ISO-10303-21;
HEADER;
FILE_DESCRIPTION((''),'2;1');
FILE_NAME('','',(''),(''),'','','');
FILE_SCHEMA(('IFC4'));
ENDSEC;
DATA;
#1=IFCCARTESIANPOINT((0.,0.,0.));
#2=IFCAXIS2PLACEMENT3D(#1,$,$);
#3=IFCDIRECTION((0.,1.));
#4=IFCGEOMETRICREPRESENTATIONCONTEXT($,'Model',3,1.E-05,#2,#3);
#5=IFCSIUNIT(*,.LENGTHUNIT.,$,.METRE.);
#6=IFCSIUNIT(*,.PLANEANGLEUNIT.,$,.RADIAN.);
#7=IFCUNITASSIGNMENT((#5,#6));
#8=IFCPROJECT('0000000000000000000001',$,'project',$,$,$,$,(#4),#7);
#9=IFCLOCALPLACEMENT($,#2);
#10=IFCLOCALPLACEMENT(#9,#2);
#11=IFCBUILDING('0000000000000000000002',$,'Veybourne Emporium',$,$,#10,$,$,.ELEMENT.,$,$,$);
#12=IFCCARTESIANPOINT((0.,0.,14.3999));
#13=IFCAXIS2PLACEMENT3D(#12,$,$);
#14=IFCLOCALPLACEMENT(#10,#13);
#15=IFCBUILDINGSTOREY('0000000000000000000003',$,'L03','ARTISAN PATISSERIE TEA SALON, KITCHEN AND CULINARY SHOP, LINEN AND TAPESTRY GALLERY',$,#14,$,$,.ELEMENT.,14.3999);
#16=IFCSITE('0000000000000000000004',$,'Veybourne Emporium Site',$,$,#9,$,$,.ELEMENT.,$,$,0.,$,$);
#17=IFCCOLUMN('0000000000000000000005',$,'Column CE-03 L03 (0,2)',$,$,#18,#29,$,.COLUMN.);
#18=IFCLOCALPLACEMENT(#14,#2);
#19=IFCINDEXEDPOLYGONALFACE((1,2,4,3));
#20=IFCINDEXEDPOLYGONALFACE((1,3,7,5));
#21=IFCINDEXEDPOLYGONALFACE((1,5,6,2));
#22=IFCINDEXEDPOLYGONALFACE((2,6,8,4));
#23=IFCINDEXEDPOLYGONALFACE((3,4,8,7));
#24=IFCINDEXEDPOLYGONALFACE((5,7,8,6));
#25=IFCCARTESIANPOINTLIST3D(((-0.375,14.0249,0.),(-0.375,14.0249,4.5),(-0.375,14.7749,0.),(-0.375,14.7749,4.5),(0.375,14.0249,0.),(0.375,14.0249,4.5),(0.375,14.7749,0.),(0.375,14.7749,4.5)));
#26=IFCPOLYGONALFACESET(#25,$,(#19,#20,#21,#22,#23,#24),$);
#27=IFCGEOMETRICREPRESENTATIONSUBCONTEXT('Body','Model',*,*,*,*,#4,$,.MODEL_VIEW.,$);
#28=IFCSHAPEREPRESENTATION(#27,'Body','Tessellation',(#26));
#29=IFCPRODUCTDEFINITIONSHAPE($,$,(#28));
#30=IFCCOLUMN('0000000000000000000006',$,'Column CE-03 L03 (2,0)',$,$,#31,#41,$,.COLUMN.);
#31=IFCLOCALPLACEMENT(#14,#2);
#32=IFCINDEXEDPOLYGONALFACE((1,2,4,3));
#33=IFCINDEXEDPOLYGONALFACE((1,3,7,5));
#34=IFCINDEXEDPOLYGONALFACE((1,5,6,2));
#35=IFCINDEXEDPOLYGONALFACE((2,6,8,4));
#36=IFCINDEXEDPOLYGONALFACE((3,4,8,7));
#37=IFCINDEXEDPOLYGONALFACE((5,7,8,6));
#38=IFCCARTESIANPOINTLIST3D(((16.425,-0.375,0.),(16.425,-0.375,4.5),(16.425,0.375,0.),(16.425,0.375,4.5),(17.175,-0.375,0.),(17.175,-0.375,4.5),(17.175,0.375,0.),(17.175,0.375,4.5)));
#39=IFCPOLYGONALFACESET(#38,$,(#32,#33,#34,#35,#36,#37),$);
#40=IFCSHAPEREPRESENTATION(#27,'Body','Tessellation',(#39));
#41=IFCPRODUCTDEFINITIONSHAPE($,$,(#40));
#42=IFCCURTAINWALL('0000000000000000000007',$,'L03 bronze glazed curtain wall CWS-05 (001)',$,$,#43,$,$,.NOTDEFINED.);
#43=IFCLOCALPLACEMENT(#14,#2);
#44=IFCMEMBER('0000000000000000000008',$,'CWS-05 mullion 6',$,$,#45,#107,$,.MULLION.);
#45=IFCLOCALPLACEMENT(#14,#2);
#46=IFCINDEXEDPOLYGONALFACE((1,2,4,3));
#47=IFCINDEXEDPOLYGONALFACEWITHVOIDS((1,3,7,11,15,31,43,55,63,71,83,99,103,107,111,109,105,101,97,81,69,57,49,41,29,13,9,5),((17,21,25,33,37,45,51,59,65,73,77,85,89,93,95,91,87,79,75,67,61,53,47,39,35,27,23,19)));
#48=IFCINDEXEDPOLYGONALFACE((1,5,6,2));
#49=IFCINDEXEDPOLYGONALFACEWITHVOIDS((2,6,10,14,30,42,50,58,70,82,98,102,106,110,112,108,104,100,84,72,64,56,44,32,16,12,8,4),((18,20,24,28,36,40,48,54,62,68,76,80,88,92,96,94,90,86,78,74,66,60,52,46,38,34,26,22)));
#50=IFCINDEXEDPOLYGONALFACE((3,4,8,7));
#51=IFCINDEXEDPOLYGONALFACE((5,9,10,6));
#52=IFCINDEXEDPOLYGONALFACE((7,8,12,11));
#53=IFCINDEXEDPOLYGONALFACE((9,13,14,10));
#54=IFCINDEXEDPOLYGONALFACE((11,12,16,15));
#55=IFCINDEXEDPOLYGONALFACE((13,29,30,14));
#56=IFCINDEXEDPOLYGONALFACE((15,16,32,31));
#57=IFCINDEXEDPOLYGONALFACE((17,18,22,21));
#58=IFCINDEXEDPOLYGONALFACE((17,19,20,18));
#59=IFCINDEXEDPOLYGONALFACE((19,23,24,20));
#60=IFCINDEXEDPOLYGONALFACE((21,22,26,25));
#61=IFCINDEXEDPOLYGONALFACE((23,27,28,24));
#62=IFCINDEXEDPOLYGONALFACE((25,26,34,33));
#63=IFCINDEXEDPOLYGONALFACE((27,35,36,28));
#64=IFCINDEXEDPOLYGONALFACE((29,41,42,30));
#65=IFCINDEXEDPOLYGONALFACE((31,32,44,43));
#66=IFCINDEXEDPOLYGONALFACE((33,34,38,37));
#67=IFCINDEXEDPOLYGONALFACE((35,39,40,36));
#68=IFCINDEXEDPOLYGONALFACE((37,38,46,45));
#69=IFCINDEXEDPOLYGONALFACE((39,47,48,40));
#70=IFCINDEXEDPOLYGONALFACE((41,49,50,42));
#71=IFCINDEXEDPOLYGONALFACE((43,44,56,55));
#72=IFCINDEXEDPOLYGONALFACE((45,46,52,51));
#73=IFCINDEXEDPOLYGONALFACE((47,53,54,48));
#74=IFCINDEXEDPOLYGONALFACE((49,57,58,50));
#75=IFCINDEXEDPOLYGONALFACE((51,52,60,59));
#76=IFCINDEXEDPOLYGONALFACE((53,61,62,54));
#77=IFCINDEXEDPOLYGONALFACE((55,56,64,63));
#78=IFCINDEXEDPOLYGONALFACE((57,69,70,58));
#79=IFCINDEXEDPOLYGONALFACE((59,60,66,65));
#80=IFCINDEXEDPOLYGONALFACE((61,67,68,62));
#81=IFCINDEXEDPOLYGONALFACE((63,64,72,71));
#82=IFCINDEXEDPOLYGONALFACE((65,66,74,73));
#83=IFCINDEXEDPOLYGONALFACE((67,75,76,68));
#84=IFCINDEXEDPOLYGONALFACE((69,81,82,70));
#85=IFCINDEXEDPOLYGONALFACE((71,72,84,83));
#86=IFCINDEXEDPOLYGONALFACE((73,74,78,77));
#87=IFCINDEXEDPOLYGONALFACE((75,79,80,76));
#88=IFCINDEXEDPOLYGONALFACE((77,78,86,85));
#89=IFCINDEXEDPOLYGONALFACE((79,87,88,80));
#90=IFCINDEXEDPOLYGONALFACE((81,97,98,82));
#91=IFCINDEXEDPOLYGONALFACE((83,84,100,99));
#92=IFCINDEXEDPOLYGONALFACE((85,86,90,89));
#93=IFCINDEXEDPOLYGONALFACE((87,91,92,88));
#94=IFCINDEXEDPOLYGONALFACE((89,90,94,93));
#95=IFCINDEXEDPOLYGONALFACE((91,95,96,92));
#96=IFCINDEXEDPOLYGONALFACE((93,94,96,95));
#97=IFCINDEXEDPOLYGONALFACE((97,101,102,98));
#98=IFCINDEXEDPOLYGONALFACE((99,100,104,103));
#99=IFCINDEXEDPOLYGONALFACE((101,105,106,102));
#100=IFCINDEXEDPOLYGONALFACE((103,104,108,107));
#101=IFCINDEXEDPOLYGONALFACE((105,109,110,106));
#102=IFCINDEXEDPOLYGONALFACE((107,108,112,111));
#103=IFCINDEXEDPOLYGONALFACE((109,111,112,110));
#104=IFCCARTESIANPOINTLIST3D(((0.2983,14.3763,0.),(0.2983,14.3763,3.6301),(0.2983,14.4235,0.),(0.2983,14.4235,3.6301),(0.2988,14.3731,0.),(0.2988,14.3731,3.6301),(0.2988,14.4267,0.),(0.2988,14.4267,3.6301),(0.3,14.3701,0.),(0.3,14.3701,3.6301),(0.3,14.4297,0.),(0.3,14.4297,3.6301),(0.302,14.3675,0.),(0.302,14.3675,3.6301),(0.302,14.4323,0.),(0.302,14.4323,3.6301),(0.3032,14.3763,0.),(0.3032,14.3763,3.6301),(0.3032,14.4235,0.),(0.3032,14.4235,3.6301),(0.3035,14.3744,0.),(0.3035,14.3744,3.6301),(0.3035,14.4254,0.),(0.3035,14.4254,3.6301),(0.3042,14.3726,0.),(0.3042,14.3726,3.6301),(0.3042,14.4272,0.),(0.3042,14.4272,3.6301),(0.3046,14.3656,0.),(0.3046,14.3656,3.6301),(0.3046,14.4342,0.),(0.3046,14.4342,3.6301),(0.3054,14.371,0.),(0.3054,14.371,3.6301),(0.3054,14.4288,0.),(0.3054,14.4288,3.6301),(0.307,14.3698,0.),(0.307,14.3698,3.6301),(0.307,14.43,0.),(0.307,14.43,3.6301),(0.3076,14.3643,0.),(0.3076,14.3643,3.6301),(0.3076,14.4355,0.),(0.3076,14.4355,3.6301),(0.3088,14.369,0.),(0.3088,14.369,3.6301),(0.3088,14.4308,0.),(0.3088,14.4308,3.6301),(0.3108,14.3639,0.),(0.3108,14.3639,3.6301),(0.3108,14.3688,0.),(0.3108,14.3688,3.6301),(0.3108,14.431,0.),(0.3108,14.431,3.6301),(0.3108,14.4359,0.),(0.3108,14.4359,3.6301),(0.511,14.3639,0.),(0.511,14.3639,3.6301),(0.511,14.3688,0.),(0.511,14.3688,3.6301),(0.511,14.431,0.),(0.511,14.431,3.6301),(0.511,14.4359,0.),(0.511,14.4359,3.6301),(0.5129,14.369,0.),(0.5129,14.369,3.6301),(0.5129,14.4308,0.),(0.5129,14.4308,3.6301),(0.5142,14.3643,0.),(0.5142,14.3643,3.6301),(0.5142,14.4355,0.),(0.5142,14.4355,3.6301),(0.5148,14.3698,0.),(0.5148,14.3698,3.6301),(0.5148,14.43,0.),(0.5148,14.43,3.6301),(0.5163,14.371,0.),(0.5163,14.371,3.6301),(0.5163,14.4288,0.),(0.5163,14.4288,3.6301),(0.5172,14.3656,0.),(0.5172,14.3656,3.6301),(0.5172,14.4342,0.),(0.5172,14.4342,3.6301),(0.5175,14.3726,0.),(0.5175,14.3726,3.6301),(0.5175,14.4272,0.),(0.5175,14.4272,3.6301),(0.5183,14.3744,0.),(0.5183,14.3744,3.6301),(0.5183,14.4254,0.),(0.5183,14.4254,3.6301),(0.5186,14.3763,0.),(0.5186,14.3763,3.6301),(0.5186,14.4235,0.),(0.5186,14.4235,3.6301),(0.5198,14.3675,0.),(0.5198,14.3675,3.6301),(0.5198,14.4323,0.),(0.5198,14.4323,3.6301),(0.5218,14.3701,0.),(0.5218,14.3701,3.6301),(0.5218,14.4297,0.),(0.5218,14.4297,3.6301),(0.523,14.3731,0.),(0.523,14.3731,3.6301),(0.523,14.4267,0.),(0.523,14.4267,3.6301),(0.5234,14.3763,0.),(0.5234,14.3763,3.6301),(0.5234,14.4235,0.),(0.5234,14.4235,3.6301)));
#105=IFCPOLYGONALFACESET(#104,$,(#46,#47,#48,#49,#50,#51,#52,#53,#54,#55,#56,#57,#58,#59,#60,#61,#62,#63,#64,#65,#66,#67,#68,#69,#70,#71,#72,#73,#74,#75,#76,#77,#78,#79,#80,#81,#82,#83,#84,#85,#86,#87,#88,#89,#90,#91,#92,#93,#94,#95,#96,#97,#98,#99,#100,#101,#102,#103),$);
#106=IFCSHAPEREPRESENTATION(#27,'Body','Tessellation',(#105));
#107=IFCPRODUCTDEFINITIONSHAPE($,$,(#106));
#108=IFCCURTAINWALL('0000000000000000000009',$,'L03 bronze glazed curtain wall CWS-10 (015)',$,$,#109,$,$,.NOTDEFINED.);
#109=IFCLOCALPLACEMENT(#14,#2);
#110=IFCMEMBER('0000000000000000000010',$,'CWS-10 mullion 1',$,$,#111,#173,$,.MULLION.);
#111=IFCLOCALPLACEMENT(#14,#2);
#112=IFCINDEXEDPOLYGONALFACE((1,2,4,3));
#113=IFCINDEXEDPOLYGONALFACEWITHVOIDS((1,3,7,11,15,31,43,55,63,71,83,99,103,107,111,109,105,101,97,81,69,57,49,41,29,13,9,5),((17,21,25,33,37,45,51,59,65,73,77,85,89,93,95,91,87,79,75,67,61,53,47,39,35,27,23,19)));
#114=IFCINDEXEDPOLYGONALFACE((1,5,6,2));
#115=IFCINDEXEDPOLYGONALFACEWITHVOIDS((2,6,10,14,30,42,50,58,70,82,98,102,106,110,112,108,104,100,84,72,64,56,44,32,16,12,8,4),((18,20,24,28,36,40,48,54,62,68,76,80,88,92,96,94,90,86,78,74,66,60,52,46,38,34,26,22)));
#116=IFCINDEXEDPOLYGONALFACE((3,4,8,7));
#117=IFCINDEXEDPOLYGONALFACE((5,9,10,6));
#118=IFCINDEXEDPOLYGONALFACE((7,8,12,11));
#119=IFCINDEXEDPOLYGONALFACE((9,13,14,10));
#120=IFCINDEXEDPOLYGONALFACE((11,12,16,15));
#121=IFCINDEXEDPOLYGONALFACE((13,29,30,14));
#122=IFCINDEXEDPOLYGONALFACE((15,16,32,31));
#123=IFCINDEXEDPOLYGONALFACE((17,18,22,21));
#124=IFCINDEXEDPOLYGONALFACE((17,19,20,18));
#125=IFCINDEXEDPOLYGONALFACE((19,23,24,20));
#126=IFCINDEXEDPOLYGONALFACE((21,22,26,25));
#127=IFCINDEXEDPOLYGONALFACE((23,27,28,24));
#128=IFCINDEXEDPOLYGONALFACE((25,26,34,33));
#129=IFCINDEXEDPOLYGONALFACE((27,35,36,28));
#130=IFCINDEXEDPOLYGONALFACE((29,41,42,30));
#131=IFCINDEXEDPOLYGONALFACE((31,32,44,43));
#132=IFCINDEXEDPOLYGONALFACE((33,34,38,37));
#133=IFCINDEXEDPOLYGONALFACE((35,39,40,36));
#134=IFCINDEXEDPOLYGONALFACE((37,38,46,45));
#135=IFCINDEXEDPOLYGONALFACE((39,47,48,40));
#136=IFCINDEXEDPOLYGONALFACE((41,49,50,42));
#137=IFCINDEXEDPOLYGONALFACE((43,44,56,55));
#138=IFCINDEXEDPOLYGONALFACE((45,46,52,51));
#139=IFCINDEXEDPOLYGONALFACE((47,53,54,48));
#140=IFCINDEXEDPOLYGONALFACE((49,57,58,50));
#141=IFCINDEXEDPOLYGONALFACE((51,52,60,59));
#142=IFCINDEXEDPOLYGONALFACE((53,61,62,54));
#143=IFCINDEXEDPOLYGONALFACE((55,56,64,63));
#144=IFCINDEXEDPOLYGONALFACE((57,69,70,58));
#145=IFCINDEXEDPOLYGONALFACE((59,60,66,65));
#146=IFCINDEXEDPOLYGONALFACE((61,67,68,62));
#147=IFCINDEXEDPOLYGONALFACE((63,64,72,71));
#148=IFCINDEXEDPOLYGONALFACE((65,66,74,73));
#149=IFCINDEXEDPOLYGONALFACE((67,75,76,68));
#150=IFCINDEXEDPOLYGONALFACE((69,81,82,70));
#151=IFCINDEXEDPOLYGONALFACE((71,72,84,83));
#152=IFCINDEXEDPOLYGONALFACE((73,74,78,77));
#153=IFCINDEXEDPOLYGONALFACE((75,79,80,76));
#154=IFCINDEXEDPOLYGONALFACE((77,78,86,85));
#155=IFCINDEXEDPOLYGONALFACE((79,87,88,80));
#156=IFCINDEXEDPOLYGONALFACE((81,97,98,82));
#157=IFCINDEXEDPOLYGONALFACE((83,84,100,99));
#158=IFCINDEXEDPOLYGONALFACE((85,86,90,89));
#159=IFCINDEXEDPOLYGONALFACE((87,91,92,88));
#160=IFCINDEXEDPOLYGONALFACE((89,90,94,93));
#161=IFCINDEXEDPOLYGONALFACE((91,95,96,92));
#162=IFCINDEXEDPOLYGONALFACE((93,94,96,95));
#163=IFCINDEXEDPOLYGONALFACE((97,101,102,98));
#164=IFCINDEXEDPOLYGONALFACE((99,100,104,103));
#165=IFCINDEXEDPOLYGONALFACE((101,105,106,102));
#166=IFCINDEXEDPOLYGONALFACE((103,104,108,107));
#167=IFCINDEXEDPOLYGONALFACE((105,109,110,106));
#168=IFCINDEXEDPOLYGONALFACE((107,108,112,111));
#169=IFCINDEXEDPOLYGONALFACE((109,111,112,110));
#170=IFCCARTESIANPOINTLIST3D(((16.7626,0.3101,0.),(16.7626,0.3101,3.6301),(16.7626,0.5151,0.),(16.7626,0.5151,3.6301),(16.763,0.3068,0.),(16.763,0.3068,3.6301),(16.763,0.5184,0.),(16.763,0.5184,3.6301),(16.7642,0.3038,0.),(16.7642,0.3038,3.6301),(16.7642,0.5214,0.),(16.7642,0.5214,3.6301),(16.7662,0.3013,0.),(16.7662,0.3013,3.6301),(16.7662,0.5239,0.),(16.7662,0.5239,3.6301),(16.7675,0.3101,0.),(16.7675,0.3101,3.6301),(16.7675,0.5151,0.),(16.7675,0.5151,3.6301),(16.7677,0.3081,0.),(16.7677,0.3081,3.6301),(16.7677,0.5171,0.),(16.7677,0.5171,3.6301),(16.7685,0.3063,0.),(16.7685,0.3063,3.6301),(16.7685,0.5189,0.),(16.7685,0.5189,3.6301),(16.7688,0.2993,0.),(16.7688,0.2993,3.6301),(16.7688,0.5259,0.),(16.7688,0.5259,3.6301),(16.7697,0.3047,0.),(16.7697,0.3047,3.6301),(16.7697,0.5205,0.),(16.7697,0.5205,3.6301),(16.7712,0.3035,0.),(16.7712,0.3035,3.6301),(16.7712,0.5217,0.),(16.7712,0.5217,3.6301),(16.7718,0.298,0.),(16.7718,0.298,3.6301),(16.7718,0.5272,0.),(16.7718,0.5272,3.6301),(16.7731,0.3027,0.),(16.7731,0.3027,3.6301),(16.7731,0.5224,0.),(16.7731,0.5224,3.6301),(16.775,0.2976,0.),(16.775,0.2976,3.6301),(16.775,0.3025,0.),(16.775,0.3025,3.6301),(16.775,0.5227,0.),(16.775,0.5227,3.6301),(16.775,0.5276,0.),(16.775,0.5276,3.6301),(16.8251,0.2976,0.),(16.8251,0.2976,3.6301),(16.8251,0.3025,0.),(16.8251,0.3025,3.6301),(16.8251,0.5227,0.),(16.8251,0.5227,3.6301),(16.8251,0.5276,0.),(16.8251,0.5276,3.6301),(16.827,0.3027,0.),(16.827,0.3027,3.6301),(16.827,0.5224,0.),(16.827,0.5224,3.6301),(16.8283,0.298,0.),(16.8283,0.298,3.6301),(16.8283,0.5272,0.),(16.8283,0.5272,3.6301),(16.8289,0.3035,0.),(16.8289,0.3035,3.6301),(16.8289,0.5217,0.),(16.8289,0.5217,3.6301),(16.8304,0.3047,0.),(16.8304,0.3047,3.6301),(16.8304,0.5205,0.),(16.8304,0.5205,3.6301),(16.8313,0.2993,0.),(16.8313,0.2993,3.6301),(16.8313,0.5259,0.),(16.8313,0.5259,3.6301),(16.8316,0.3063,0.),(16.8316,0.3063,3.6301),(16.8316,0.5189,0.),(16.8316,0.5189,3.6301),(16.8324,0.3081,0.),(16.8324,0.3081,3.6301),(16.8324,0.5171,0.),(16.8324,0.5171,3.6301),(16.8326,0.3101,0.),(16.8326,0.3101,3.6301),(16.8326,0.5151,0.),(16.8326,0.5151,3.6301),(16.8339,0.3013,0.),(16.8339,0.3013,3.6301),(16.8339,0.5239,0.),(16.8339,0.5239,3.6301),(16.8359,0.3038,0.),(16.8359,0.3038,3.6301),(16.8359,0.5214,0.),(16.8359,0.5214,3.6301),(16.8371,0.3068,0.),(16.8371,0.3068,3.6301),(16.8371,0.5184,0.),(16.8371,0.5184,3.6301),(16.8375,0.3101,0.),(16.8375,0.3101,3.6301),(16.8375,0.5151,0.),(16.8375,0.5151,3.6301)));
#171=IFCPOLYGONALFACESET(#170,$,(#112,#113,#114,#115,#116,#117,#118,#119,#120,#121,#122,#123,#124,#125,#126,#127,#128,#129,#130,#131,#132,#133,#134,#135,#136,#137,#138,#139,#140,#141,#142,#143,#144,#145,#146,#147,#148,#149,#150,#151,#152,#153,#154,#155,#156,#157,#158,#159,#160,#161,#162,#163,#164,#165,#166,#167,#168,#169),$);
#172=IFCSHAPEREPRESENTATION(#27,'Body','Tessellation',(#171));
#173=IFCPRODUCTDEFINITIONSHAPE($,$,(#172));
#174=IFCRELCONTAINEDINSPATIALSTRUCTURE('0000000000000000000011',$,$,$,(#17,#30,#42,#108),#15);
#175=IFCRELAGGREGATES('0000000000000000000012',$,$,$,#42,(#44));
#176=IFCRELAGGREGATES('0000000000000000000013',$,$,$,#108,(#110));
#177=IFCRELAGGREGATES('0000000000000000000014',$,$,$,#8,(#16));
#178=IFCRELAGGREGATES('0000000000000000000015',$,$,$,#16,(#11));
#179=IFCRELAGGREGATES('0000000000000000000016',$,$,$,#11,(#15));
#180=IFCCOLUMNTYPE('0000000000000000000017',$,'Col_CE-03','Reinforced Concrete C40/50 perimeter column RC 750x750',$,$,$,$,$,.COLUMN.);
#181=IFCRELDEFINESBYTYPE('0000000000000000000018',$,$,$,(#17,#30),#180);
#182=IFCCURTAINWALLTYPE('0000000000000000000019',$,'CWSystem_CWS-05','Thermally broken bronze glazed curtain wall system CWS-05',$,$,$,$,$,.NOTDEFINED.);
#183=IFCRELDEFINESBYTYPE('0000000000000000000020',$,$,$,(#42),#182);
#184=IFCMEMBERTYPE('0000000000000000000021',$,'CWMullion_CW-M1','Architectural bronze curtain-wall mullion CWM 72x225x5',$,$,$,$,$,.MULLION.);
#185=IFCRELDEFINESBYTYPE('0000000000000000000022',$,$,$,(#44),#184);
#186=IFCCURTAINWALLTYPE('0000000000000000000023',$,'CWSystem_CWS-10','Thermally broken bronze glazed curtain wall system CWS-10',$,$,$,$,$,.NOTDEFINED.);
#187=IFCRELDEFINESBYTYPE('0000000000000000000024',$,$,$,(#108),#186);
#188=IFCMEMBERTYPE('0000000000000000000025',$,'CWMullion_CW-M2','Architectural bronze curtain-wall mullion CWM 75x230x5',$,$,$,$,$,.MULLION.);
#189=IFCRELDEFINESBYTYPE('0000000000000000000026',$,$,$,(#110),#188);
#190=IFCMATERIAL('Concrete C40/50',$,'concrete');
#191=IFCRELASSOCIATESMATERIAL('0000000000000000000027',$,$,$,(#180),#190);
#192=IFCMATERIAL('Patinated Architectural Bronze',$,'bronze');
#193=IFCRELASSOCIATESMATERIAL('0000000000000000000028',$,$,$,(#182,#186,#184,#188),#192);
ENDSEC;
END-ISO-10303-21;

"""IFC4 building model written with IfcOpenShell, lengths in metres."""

from ifc_helpers import new_model, si_unit, direction, frame, origin, origin_2d, place, context, subcontext, project, spatial, rectangle, hollow_rectangle, extrude, material, material_profile, profile_set, type_object, element, aggregate, save


model = new_model("IFC4")

# Units and contexts
model_context = context("Model", 3, precision=1e-05, world=origin(), true_north=direction((0.0, 1.0)))
body_context = subcontext(model_context, "Body", "Model", "MODEL_VIEW")
ifc_project = project(units=[si_unit("LENGTHUNIT", "METRE"), si_unit("PLANEANGLEUNIT", "RADIAN")], contexts=[model_context])

# Site, building, storey
site_placement = place(None, origin())
site = spatial("IfcSite", under=ifc_project, at=site_placement, Name="Veybourne Emporium Site", CompositionType="ELEMENT", RefElevation=0.0)
building_placement = place(site_placement, origin())
building = spatial("IfcBuilding", under=site, at=building_placement, Name="Veybourne Emporium", CompositionType="ELEMENT")
storey_placement = place(building_placement, frame((0.0, 0.0, 14.3999)))
storey = spatial("IfcBuildingStorey", under=building, at=storey_placement, Name="L03", Description="ARTISAN PATISSERIE TEA SALON, KITCHEN AND CULINARY SHOP, LINEN AND TAPESTRY GALLERY", CompositionType="ELEMENT", Elevation=14.3999)

# Columns
ifc_material_1 = material(Name="Concrete C40/50", Category="concrete")
ifc_material_profile_1 = material_profile(ifc_material_1, rectangle(XDim=0.75, YDim=0.75, at=origin_2d()), Name="RC 750x750")
ifc_profile_set_1 = profile_set([ifc_material_profile_1], Name="Concrete C40/50")
column_type = type_object("IfcColumnType", Name="Col_CE-03", Description="Reinforced Concrete C40/50 perimeter column RC 750x750", PredefinedType="COLUMN", material=ifc_profile_set_1)
for number, where, z_axis, x_axis, name in (
    (1, (0.0, 14.3999, 0.0), (0.0, 0.0, 1.0), (1.0, 0.0, 0.0), "Column CE-03 L03 (0,2)"),
    (2, (16.8, 0.0, 0.0), (0.0, 0.0, 1.0), (1.0, 0.0, 0.0), "Column CE-03 L03 (2,0)"),
):
    element("IfcColumn", number, at=place(storey_placement, frame(where, z_axis=z_axis, x_axis=x_axis)), inside=storey, type_object=column_type, Name=name, PredefinedType="COLUMN", context=body_context, shape_type="SweptSolid", body=[
        extrude(rectangle(XDim=0.75, YDim=0.75, at=origin_2d()), origin(), (0.0, 0.0, 1.0), 4.5),
    ])

# Curtain wall, member
ifc_material_2 = material(Name="Patinated Architectural Bronze", Category="bronze")
curtain_wall_type_1 = type_object("IfcCurtainWallType", Name="CWSystem_CWS-05", Description="Thermally broken bronze glazed curtain wall system CWS-05", PredefinedType="NOTDEFINED", material=ifc_material_2)
curtain_wall_1_placement = place(storey_placement, origin())
curtain_wall_1 = element("IfcCurtainWall", 3, at=curtain_wall_1_placement, inside=storey, type_object=curtain_wall_type_1, Name="L03 bronze glazed curtain wall CWS-05 (001)", PredefinedType="NOTDEFINED")
ifc_material_profile_2 = material_profile(ifc_material_2, hollow_rectangle(XDim=0.072, YDim=0.2251, WallThickness=0.0049, InnerFilletRadius=0.0076, OuterFilletRadius=0.0125, at=origin_2d()), Name="CWM 72x225x5")
ifc_profile_set_2 = profile_set([ifc_material_profile_2], Name="Patinated Architectural Bronze")
member_type_1 = type_object("IfcMemberType", Name="CWMullion_CW-M1", Description="Architectural bronze curtain-wall mullion CWM 72x225x5", PredefinedType="MULLION", material=ifc_profile_set_2)
member_1_placement = place(storey_placement, frame((0.4109, 14.3999, 0.0), z_axis=(0.0, 0.0, 1.0), x_axis=(0.0, -1.0, 0.0)))
member_1 = element("IfcMember", 4, at=member_1_placement, type_object=member_type_1, Name="CWS-05 mullion 6", PredefinedType="MULLION", context=body_context, shape_type="SweptSolid", body=[
    extrude(hollow_rectangle(XDim=0.072, YDim=0.2251, WallThickness=0.0049, InnerFilletRadius=0.0076, OuterFilletRadius=0.0125, at=origin_2d()), origin(), (0.0, 0.0, 1.0), 3.6301),
])
aggregate(curtain_wall_1, [member_1])

# Curtain wall, member
curtain_wall_type_2 = type_object("IfcCurtainWallType", Name="CWSystem_CWS-10", Description="Thermally broken bronze glazed curtain wall system CWS-10", PredefinedType="NOTDEFINED", material=ifc_material_2)
curtain_wall_2_placement = place(storey_placement, origin())
curtain_wall_2 = element("IfcCurtainWall", 5, at=curtain_wall_2_placement, inside=storey, type_object=curtain_wall_type_2, Name="L03 bronze glazed curtain wall CWS-10 (015)", PredefinedType="NOTDEFINED")
ifc_material_profile_3 = material_profile(ifc_material_2, hollow_rectangle(XDim=0.075, YDim=0.23, WallThickness=0.0049, InnerFilletRadius=0.0076, OuterFilletRadius=0.0125, at=origin_2d()), Name="CWM 75x230x5")
ifc_profile_set_3 = profile_set([ifc_material_profile_3], Name="Patinated Architectural Bronze")
member_type_2 = type_object("IfcMemberType", Name="CWMullion_CW-M2", Description="Architectural bronze curtain-wall mullion CWM 75x230x5", PredefinedType="MULLION", material=ifc_profile_set_3)
member_2_placement = place(storey_placement, frame((16.8, 0.4126, 0.0), z_axis=(0.0, 0.0, 1.0), x_axis=(-1.0, 0.0, 0.0)))
member_2 = element("IfcMember", 6, at=member_2_placement, type_object=member_type_2, Name="CWS-10 mullion 1", PredefinedType="MULLION", context=body_context, shape_type="SweptSolid", body=[
    extrude(hollow_rectangle(XDim=0.075, YDim=0.23, WallThickness=0.0049, InnerFilletRadius=0.0076, OuterFilletRadius=0.0125, at=origin_2d()), origin(), (0.0, 0.0, 1.0), 3.6301),
])

aggregate(curtain_wall_2, [member_2])

save(model, "model.ifc")
